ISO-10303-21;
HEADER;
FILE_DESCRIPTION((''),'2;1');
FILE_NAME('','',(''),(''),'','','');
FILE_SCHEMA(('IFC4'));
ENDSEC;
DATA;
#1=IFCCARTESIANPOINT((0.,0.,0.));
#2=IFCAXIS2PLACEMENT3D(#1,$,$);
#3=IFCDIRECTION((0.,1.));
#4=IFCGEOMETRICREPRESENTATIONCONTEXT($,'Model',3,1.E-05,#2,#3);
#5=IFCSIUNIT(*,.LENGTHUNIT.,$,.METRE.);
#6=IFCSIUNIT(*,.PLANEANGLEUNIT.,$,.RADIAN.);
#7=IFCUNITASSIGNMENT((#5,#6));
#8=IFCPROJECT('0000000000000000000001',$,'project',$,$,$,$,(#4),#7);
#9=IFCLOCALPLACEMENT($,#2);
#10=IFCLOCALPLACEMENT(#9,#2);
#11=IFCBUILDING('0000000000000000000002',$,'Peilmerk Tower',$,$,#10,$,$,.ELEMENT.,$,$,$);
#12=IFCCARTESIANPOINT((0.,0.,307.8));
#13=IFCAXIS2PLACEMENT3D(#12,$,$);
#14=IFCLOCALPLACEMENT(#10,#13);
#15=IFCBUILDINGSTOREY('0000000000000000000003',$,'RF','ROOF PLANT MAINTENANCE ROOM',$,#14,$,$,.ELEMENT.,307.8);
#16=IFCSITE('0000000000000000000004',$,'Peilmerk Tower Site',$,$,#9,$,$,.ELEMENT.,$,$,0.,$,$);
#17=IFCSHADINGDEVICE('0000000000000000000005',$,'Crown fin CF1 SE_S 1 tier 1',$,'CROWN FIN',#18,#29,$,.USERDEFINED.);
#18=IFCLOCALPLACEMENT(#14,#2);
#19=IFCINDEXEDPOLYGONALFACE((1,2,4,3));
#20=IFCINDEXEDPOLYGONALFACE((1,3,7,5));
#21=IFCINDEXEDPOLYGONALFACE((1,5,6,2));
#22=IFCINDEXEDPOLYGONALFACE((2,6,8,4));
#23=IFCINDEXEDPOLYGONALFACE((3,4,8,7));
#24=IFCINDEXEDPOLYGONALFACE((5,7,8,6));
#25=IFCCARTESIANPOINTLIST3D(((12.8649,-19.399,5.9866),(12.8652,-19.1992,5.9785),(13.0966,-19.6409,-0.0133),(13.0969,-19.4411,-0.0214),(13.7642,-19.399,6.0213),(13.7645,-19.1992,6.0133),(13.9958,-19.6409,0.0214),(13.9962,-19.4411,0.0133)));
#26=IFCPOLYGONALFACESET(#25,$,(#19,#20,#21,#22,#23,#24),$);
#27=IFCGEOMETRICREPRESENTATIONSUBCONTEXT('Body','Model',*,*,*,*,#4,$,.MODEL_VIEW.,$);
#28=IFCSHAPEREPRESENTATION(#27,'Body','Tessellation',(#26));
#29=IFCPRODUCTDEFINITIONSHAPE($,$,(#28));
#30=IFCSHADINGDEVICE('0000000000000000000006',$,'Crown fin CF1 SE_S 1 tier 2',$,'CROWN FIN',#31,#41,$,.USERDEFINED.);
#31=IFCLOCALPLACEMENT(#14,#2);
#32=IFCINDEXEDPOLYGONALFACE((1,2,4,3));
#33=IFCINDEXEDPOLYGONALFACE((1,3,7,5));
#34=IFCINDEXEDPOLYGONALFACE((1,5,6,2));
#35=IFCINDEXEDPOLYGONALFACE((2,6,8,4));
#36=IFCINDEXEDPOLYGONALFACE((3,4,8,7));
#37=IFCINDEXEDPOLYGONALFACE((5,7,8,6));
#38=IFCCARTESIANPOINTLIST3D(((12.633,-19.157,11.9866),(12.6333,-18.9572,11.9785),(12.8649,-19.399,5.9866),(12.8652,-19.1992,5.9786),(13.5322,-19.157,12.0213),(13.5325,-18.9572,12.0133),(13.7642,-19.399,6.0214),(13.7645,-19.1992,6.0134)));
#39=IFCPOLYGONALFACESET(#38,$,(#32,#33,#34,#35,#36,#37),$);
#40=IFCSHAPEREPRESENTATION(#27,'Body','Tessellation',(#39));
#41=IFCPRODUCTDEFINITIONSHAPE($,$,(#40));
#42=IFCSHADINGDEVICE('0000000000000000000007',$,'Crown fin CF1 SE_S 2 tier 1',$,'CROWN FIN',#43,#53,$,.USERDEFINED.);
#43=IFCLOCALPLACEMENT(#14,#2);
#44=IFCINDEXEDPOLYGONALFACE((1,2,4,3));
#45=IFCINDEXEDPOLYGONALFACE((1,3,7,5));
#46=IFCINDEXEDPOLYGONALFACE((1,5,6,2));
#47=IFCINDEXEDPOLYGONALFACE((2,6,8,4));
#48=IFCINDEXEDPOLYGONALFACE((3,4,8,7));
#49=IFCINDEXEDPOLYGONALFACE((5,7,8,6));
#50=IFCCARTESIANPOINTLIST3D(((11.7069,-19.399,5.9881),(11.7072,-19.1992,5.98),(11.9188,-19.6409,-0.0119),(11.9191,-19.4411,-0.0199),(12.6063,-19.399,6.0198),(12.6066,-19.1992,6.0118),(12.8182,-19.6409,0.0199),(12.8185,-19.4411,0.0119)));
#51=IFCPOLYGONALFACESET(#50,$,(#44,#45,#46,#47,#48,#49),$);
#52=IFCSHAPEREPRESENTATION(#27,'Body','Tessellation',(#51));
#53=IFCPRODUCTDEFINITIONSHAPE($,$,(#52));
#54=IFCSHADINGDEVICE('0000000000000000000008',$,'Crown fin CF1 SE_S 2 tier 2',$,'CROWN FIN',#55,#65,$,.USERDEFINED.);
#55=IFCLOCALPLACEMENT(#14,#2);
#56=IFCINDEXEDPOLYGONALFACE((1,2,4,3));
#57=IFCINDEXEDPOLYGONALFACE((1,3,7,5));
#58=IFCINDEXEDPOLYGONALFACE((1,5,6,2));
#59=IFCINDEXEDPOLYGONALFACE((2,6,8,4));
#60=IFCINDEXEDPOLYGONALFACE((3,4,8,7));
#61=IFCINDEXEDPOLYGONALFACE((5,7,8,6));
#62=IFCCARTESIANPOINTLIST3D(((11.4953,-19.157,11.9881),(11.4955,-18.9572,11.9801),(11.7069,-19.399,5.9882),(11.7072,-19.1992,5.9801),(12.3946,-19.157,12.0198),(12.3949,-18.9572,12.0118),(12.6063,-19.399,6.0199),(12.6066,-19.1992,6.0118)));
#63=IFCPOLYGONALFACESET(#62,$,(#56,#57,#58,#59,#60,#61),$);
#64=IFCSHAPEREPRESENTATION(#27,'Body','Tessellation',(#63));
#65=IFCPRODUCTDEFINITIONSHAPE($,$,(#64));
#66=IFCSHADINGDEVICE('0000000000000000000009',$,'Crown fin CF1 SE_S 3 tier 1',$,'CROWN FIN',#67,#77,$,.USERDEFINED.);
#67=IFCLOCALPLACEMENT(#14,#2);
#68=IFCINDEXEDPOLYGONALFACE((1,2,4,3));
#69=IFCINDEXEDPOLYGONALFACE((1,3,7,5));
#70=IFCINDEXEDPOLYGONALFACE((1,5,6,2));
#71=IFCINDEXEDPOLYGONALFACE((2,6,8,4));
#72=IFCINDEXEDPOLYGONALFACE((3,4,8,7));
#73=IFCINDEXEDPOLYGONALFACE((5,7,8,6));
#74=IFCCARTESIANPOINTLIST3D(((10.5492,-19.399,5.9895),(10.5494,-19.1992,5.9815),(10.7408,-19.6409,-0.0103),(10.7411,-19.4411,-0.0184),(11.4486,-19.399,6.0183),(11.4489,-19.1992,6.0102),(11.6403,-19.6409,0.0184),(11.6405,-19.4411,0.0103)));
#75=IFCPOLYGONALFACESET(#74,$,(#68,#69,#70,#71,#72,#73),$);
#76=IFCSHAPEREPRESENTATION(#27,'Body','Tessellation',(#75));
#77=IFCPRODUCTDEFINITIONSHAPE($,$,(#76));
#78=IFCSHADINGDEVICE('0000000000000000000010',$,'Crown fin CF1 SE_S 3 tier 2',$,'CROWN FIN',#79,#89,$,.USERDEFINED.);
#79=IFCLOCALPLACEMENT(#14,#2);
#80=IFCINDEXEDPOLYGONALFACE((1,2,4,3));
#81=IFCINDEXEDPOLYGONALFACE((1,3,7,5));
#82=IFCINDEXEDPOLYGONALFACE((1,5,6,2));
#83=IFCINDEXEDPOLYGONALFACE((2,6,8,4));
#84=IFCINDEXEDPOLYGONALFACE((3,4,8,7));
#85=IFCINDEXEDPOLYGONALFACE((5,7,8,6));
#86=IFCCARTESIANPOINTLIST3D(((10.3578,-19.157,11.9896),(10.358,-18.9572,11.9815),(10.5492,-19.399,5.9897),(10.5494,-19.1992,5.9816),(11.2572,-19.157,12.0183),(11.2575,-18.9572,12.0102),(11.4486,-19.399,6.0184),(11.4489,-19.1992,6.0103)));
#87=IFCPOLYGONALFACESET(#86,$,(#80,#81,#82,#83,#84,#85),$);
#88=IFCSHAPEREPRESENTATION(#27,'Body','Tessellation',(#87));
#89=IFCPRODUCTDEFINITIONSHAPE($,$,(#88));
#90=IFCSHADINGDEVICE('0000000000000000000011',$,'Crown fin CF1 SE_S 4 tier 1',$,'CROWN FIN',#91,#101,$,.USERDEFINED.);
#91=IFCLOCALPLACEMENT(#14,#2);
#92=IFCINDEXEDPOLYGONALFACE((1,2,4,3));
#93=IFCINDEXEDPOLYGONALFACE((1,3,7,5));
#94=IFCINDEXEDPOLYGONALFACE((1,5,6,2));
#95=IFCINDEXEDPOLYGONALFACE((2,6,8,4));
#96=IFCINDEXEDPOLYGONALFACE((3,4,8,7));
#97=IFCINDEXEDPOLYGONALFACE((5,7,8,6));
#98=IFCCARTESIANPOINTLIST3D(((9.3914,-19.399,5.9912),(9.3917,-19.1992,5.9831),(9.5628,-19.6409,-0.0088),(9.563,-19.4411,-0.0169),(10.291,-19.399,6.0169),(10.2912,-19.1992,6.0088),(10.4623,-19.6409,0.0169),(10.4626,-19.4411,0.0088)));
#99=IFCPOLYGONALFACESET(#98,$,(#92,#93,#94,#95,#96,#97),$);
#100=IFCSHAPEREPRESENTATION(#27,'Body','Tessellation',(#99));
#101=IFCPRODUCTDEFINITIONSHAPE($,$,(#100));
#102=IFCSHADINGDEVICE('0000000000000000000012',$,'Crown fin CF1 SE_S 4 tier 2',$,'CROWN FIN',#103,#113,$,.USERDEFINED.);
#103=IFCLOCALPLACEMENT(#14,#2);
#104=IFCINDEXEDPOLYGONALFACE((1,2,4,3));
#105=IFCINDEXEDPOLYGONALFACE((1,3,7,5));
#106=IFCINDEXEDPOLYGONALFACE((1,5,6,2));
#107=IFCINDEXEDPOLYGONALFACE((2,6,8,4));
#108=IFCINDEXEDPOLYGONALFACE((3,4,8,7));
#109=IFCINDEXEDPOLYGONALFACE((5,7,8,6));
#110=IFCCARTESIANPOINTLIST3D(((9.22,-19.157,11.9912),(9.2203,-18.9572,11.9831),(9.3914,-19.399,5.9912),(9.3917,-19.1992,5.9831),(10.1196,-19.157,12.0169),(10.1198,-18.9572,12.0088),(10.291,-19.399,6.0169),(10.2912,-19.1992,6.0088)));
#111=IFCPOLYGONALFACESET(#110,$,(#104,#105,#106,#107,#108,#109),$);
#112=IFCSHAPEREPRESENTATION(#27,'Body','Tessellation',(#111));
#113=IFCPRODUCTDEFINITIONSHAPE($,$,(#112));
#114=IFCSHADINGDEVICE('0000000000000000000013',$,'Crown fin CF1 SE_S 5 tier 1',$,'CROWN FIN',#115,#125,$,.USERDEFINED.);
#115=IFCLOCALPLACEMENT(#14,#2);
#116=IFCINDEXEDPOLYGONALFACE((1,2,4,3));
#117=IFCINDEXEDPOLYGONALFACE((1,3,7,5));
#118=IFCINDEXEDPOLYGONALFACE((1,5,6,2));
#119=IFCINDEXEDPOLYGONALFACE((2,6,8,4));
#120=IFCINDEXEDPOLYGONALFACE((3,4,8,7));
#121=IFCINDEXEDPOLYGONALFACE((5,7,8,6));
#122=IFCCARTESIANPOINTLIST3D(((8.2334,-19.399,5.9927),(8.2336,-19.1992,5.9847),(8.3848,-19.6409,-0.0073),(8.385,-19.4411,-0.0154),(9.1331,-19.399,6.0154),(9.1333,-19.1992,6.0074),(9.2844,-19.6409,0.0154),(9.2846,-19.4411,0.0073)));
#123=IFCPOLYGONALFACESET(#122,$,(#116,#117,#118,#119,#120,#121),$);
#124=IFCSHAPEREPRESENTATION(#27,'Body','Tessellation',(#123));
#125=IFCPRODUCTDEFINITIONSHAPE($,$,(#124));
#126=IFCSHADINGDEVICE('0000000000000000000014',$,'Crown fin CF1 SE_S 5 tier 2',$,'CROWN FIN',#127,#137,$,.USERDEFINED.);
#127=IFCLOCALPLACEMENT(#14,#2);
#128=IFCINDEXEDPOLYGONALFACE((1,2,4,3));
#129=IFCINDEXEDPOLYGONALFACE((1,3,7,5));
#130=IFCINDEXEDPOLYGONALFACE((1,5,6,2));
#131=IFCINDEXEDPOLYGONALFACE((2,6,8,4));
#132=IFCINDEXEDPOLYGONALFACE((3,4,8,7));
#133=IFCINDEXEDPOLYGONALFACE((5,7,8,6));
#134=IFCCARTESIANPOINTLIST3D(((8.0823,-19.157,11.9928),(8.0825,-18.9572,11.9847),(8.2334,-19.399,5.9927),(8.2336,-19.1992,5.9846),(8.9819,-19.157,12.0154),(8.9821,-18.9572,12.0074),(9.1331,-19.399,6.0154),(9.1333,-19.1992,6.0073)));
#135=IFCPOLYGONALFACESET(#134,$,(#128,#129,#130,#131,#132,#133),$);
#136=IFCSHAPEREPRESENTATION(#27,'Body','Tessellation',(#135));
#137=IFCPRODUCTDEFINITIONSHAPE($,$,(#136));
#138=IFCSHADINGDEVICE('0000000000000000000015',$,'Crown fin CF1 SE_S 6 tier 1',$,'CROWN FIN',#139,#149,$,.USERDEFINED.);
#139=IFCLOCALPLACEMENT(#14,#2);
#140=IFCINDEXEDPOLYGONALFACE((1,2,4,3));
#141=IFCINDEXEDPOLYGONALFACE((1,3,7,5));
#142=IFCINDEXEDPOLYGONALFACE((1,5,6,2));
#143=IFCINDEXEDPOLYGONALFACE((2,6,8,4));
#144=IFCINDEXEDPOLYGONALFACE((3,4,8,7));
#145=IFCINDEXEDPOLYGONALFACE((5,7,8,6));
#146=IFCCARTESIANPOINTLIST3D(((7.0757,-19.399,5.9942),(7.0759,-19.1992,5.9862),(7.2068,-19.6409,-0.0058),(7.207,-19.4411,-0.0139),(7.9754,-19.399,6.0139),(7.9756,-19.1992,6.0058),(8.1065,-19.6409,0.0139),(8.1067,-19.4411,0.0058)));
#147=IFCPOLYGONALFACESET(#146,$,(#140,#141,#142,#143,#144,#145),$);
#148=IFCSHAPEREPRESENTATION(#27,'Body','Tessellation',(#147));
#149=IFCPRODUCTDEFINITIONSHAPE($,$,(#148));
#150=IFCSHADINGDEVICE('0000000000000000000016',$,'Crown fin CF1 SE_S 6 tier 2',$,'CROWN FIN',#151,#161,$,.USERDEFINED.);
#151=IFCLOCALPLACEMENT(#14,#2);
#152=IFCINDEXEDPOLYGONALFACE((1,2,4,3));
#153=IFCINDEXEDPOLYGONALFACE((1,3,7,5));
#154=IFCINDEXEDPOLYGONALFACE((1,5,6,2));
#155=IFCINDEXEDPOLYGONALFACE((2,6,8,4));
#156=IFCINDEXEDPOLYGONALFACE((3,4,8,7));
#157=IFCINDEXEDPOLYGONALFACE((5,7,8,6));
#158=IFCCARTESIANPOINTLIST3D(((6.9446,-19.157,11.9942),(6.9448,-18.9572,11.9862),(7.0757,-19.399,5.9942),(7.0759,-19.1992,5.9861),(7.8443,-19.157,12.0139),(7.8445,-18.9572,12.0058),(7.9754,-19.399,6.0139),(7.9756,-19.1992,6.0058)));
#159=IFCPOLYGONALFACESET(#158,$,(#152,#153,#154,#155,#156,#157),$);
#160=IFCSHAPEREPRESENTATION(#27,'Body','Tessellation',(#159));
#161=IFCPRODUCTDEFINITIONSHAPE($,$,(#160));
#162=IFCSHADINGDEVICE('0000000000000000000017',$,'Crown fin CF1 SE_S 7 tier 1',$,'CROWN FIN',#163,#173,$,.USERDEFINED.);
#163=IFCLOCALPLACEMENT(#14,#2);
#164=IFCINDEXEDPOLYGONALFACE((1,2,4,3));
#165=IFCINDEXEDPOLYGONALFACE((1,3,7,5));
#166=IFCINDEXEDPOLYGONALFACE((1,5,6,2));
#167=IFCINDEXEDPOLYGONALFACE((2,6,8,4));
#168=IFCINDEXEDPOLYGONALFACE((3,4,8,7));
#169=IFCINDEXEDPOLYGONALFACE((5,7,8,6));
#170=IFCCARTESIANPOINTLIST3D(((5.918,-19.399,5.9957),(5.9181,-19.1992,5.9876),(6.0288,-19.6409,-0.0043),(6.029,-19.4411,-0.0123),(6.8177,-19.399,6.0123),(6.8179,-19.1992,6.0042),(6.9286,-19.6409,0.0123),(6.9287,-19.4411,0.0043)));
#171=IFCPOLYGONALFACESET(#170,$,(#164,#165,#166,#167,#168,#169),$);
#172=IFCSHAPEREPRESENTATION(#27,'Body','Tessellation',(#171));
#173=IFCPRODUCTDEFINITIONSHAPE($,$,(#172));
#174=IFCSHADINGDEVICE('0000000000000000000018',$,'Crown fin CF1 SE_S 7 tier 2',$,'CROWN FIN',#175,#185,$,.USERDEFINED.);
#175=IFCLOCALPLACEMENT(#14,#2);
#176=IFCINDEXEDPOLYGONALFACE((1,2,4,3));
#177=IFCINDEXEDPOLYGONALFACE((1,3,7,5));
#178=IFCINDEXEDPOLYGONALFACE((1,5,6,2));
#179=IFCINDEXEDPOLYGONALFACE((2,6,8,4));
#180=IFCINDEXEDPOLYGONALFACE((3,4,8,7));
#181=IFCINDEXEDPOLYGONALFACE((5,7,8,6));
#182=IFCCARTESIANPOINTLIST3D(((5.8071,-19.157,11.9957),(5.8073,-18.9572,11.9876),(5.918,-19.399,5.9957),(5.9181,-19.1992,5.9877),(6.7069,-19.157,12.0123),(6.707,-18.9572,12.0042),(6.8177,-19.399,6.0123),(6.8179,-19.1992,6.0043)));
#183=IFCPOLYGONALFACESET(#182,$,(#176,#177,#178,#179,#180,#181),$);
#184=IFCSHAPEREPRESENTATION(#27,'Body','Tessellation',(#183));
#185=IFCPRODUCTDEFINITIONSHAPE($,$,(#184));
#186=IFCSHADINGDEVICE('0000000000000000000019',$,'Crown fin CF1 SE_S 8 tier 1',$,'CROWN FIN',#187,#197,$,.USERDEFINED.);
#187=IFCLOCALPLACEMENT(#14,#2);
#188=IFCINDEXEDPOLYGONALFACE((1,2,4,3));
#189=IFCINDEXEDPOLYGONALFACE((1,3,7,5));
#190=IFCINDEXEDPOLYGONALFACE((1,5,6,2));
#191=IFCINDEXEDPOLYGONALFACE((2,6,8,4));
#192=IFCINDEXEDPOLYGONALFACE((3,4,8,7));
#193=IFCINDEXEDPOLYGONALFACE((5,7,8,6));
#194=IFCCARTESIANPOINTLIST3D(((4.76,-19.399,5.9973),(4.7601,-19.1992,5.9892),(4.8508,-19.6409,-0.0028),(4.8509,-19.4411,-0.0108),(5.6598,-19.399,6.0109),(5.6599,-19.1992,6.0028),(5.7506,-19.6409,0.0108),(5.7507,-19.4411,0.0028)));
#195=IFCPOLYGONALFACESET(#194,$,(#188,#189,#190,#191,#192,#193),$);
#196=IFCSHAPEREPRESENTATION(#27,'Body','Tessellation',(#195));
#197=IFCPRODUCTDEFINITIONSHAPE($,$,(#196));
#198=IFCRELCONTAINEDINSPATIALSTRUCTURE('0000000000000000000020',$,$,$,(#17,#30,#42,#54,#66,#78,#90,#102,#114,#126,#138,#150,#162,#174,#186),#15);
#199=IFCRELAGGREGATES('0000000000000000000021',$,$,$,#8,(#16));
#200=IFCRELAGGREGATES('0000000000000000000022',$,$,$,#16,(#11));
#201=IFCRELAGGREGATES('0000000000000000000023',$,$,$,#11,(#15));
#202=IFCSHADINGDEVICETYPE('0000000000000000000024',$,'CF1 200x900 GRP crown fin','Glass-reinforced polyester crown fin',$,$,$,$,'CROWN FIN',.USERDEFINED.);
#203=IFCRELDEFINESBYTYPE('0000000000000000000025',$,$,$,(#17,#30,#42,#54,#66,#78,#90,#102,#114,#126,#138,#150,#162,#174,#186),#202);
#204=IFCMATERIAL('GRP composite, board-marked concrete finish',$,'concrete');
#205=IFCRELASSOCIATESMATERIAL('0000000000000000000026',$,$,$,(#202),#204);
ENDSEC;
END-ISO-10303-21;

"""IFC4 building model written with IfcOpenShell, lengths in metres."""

from ifc_helpers import new_model, si_unit, direction, frame, origin, origin_2d, place, context, subcontext, project, spatial, rectangle, extrude, source, transform, mapped, material, material_profile, profile_set, type_object, element, save


model = new_model("IFC4")

# Units and contexts
model_context = context("Model", 3, precision=1e-05, world=origin(), true_north=direction((0.0, 1.0)))
body_context = subcontext(model_context, "Body", "Model", "MODEL_VIEW")
ifc_project = project(units=[si_unit("LENGTHUNIT", "METRE"), si_unit("PLANEANGLEUNIT", "RADIAN")], contexts=[model_context])

# Site, building, storey
site_placement = place(None, origin())
site = spatial("IfcSite", under=ifc_project, at=site_placement, Name="Peilmerk Tower Site", CompositionType="ELEMENT", RefElevation=0.0)
building_placement = place(site_placement, origin())
building = spatial("IfcBuilding", under=site, at=building_placement, Name="Peilmerk Tower", CompositionType="ELEMENT")
storey_placement = place(building_placement, frame((0.0, 0.0, 307.8)))
storey = spatial("IfcBuildingStorey", under=building, at=storey_placement, Name="RF", Description="ROOF PLANT MAINTENANCE ROOM", CompositionType="ELEMENT", Elevation=307.8)

# Shading devices
ifc_material_1 = material(Name="GRP composite, board-marked concrete finish", Category="concrete")
ifc_material_profile = material_profile(ifc_material_1, rectangle(XDim=0.2, YDim=0.8999, at=origin_2d()), Name="CF1 200x900")
ifc_profile_set = profile_set([ifc_material_profile], Name="GRP composite, board-marked concrete finish")
shading_device_type = type_object("IfcShadingDeviceType", Name="CF1 200x900 GRP crown fin", Description="Glass-reinforced polyester crown fin", ElementType="CROWN FIN", PredefinedType="USERDEFINED", material=ifc_profile_set)
shared_shape_1 = source(origin(), body_context, "Body", "SweptSolid", [
    extrude(rectangle(XDim=0.2, YDim=0.8999, at=origin_2d()), origin(), (0.0, 0.0, 1.0), 6.0093),
])
for number, where, z_axis, x_axis, name in (
    (1, (13.5464, -19.541, 0.0), (-0.038555, 0.040261, 0.998445), (-0.001554, -0.999189, 0.040231), "Crown fin CF1 SE_S 1 tier 1"),
    (2, (13.3147, -19.2991, 6.0), (-0.038595, 0.040261, 0.998444), (-0.001555, -0.999189, 0.040231), "Crown fin CF1 SE_S 1 tier 2"),
):
    element("IfcShadingDevice", number, at=place(storey_placement, frame(where, z_axis=z_axis, x_axis=x_axis)), inside=storey, type_object=shading_device_type, Name=name, ObjectType="CROWN FIN", PredefinedType="USERDEFINED", context=body_context, shape_type="MappedRepresentation", body=[
        mapped(shared_shape_1, transform((0.0, 0.0, 0.0), scale=1.0)),
    ])
shared_shape_2 = source(origin(), body_context, "Body", "SweptSolid", [
    extrude(rectangle(XDim=0.2, YDim=0.8999, at=origin_2d()), origin(), (0.0, 0.0, 1.0), 6.0085),
])
for number, where, z_axis, x_axis, name in (
    (3, (12.3687, -19.541, 0.0), (-0.035268, 0.040266, 0.998566), (-0.001421, -0.999189, 0.040241), "Crown fin CF1 SE_S 2 tier 1"),
    (4, (12.1567, -19.2991, 6.0), (-0.035228, 0.040266, 0.998568), (-0.00142, -0.999189, 0.040241), "Crown fin CF1 SE_S 2 tier 2"),
):
    element("IfcShadingDevice", number, at=place(storey_placement, frame(where, z_axis=z_axis, x_axis=x_axis)), inside=storey, type_object=shading_device_type, Name=name, ObjectType="CROWN FIN", PredefinedType="USERDEFINED", context=body_context, shape_type="MappedRepresentation", body=[
        mapped(shared_shape_2, transform((0.0, 0.0, 0.0), scale=1.0)),
    ])
shared_shape_3 = source(origin(), body_context, "Body", "SweptSolid", [
    extrude(rectangle(XDim=0.2, YDim=0.8999, at=origin_2d()), origin(), (0.0, 0.0, 1.0), 6.0078),
])
for number, where, z_axis, x_axis, name in (
    (5, (11.1907, -19.541, 0.0), (-0.0319, 0.040271, 0.998679), (-0.001286, -0.999189, 0.04025), "Crown fin CF1 SE_S 3 tier 1"),
    (6, (10.999, -19.2991, 6.0), (-0.031859, 0.040271, 0.998681), (-0.001284, -0.999189, 0.04025), "Crown fin CF1 SE_S 3 tier 2"),
):
    element("IfcShadingDevice", number, at=place(storey_placement, frame(where, z_axis=z_axis, x_axis=x_axis)), inside=storey, type_object=shading_device_type, Name=name, ObjectType="CROWN FIN", PredefinedType="USERDEFINED", context=body_context, shape_type="MappedRepresentation", body=[
        mapped(shared_shape_3, transform((0.0, 0.0, 0.0), scale=1.0)),
    ])
shared_shape_4 = source(origin(), body_context, "Body", "SweptSolid", [
    extrude(rectangle(XDim=0.2, YDim=0.8999, at=origin_2d()), origin(), (0.0, 0.0, 1.0), 6.0073),
])
for number, where, z_axis, x_axis, name in (
    (7, (10.0127, -19.541, 0.0), (-0.02853, 0.040275, 0.998781), (-0.00115, -0.999189, 0.040258), "Crown fin CF1 SE_S 4 tier 1"),
    (8, (9.8413, -19.2991, 6.0), (-0.02853, 0.040275, 0.998781), (-0.00115, -0.999189, 0.040258), "Crown fin CF1 SE_S 4 tier 2"),
):
    element("IfcShadingDevice", number, at=place(storey_placement, frame(where, z_axis=z_axis, x_axis=x_axis)), inside=storey, type_object=shading_device_type, Name=name, ObjectType="CROWN FIN", PredefinedType="USERDEFINED", context=body_context, shape_type="MappedRepresentation", body=[
        mapped(shared_shape_4, transform((0.0, 0.0, 0.0), scale=1.0)),
    ])
shared_shape_5 = source(origin(), body_context, "Body", "SweptSolid", [
    extrude(rectangle(XDim=0.2, YDim=0.8999, at=origin_2d()), origin(), (0.0, 0.0, 1.0), 6.0068),
])
for number, where, z_axis, x_axis, name in (
    (9, (8.8347, -19.541, 0.0), (-0.025199, 0.040278, 0.998871), (-0.001016, -0.999188, 0.040266), "Crown fin CF1 SE_S 5 tier 1"),
    (10, (8.6833, -19.2991, 6.0), (-0.025159, 0.040278, 0.998872), (-0.001014, -0.999188, 0.040266), "Crown fin CF1 SE_S 5 tier 2"),
):
    element("IfcShadingDevice", number, at=place(storey_placement, frame(where, z_axis=z_axis, x_axis=x_axis)), inside=storey, type_object=shading_device_type, Name=name, ObjectType="CROWN FIN", PredefinedType="USERDEFINED", context=body_context, shape_type="MappedRepresentation", body=[
        mapped(shared_shape_5, transform((0.0, 0.0, 0.0), scale=1.0)),
    ])
shared_shape_6 = source(origin(), body_context, "Body", "SweptSolid", [
    extrude(rectangle(XDim=0.2, YDim=0.8999, at=origin_2d()), origin(), (0.0, 0.0, 1.0), 6.0063),
])
for number, where, z_axis, x_axis, name in (
    (11, (7.6567, -19.541, 0.0), (-0.021828, 0.040282, 0.99895), (-0.00088, -0.999188, 0.040272), "Crown fin CF1 SE_S 6 tier 1"),
    (12, (7.5256, -19.2991, 6.0), (-0.021828, 0.040282, 0.99895), (-0.00088, -0.999188, 0.040272), "Crown fin CF1 SE_S 6 tier 2"),
):
    element("IfcShadingDevice", number, at=place(storey_placement, frame(where, z_axis=z_axis, x_axis=x_axis)), inside=storey, type_object=shading_device_type, Name=name, ObjectType="CROWN FIN", PredefinedType="USERDEFINED", context=body_context, shape_type="MappedRepresentation", body=[
        mapped(shared_shape_6, transform((0.0, 0.0, 0.0), scale=1.0)),
    ])
shared_shape_7 = source(origin(), body_context, "Body", "SweptSolid", [
    extrude(rectangle(XDim=0.2, YDim=0.8999, at=origin_2d()), origin(), (0.0, 0.0, 1.0), 6.0059),
])
for number, where, z_axis, x_axis, name in (
    (13, (6.4788, -19.541, 0.0), (-0.018455, 0.040284, 0.999018), (-0.000744, -0.999188, 0.040277), "Crown fin CF1 SE_S 7 tier 1"),
    (14, (6.3679, -19.2991, 6.0), (-0.018455, 0.040284, 0.999018), (-0.000744, -0.999188, 0.040277), "Crown fin CF1 SE_S 7 tier 2"),
):
    element("IfcShadingDevice", number, at=place(storey_placement, frame(where, z_axis=z_axis, x_axis=x_axis)), inside=storey, type_object=shading_device_type, Name=name, ObjectType="CROWN FIN", PredefinedType="USERDEFINED", context=body_context, shape_type="MappedRepresentation", body=[
        mapped(shared_shape_7, transform((0.0, 0.0, 0.0), scale=1.0)),
    ])
shared_shape_8 = source(origin(), body_context, "Body", "SweptSolid", [
    extrude(rectangle(XDim=0.2, YDim=0.8999, at=origin_2d()), origin(), (0.0, 0.0, 1.0), 6.0056),
])
for number, where, z_axis, x_axis, name in (
    (15, (5.3008, -19.541, 0.0), (-0.015123, 0.040287, 0.999074), (-0.00061, -0.999188, 0.040282), "Crown fin CF1 SE_S 8 tier 1"),
):
    element("IfcShadingDevice", number, at=place(storey_placement, frame(where, z_axis=z_axis, x_axis=x_axis)), inside=storey, type_object=shading_device_type, Name=name, ObjectType="CROWN FIN", PredefinedType="USERDEFINED", context=body_context, shape_type="MappedRepresentation", body=[
        mapped(shared_shape_8, transform((0.0, 0.0, 0.0), scale=1.0)),
    ])

save(model, "model.ifc")
